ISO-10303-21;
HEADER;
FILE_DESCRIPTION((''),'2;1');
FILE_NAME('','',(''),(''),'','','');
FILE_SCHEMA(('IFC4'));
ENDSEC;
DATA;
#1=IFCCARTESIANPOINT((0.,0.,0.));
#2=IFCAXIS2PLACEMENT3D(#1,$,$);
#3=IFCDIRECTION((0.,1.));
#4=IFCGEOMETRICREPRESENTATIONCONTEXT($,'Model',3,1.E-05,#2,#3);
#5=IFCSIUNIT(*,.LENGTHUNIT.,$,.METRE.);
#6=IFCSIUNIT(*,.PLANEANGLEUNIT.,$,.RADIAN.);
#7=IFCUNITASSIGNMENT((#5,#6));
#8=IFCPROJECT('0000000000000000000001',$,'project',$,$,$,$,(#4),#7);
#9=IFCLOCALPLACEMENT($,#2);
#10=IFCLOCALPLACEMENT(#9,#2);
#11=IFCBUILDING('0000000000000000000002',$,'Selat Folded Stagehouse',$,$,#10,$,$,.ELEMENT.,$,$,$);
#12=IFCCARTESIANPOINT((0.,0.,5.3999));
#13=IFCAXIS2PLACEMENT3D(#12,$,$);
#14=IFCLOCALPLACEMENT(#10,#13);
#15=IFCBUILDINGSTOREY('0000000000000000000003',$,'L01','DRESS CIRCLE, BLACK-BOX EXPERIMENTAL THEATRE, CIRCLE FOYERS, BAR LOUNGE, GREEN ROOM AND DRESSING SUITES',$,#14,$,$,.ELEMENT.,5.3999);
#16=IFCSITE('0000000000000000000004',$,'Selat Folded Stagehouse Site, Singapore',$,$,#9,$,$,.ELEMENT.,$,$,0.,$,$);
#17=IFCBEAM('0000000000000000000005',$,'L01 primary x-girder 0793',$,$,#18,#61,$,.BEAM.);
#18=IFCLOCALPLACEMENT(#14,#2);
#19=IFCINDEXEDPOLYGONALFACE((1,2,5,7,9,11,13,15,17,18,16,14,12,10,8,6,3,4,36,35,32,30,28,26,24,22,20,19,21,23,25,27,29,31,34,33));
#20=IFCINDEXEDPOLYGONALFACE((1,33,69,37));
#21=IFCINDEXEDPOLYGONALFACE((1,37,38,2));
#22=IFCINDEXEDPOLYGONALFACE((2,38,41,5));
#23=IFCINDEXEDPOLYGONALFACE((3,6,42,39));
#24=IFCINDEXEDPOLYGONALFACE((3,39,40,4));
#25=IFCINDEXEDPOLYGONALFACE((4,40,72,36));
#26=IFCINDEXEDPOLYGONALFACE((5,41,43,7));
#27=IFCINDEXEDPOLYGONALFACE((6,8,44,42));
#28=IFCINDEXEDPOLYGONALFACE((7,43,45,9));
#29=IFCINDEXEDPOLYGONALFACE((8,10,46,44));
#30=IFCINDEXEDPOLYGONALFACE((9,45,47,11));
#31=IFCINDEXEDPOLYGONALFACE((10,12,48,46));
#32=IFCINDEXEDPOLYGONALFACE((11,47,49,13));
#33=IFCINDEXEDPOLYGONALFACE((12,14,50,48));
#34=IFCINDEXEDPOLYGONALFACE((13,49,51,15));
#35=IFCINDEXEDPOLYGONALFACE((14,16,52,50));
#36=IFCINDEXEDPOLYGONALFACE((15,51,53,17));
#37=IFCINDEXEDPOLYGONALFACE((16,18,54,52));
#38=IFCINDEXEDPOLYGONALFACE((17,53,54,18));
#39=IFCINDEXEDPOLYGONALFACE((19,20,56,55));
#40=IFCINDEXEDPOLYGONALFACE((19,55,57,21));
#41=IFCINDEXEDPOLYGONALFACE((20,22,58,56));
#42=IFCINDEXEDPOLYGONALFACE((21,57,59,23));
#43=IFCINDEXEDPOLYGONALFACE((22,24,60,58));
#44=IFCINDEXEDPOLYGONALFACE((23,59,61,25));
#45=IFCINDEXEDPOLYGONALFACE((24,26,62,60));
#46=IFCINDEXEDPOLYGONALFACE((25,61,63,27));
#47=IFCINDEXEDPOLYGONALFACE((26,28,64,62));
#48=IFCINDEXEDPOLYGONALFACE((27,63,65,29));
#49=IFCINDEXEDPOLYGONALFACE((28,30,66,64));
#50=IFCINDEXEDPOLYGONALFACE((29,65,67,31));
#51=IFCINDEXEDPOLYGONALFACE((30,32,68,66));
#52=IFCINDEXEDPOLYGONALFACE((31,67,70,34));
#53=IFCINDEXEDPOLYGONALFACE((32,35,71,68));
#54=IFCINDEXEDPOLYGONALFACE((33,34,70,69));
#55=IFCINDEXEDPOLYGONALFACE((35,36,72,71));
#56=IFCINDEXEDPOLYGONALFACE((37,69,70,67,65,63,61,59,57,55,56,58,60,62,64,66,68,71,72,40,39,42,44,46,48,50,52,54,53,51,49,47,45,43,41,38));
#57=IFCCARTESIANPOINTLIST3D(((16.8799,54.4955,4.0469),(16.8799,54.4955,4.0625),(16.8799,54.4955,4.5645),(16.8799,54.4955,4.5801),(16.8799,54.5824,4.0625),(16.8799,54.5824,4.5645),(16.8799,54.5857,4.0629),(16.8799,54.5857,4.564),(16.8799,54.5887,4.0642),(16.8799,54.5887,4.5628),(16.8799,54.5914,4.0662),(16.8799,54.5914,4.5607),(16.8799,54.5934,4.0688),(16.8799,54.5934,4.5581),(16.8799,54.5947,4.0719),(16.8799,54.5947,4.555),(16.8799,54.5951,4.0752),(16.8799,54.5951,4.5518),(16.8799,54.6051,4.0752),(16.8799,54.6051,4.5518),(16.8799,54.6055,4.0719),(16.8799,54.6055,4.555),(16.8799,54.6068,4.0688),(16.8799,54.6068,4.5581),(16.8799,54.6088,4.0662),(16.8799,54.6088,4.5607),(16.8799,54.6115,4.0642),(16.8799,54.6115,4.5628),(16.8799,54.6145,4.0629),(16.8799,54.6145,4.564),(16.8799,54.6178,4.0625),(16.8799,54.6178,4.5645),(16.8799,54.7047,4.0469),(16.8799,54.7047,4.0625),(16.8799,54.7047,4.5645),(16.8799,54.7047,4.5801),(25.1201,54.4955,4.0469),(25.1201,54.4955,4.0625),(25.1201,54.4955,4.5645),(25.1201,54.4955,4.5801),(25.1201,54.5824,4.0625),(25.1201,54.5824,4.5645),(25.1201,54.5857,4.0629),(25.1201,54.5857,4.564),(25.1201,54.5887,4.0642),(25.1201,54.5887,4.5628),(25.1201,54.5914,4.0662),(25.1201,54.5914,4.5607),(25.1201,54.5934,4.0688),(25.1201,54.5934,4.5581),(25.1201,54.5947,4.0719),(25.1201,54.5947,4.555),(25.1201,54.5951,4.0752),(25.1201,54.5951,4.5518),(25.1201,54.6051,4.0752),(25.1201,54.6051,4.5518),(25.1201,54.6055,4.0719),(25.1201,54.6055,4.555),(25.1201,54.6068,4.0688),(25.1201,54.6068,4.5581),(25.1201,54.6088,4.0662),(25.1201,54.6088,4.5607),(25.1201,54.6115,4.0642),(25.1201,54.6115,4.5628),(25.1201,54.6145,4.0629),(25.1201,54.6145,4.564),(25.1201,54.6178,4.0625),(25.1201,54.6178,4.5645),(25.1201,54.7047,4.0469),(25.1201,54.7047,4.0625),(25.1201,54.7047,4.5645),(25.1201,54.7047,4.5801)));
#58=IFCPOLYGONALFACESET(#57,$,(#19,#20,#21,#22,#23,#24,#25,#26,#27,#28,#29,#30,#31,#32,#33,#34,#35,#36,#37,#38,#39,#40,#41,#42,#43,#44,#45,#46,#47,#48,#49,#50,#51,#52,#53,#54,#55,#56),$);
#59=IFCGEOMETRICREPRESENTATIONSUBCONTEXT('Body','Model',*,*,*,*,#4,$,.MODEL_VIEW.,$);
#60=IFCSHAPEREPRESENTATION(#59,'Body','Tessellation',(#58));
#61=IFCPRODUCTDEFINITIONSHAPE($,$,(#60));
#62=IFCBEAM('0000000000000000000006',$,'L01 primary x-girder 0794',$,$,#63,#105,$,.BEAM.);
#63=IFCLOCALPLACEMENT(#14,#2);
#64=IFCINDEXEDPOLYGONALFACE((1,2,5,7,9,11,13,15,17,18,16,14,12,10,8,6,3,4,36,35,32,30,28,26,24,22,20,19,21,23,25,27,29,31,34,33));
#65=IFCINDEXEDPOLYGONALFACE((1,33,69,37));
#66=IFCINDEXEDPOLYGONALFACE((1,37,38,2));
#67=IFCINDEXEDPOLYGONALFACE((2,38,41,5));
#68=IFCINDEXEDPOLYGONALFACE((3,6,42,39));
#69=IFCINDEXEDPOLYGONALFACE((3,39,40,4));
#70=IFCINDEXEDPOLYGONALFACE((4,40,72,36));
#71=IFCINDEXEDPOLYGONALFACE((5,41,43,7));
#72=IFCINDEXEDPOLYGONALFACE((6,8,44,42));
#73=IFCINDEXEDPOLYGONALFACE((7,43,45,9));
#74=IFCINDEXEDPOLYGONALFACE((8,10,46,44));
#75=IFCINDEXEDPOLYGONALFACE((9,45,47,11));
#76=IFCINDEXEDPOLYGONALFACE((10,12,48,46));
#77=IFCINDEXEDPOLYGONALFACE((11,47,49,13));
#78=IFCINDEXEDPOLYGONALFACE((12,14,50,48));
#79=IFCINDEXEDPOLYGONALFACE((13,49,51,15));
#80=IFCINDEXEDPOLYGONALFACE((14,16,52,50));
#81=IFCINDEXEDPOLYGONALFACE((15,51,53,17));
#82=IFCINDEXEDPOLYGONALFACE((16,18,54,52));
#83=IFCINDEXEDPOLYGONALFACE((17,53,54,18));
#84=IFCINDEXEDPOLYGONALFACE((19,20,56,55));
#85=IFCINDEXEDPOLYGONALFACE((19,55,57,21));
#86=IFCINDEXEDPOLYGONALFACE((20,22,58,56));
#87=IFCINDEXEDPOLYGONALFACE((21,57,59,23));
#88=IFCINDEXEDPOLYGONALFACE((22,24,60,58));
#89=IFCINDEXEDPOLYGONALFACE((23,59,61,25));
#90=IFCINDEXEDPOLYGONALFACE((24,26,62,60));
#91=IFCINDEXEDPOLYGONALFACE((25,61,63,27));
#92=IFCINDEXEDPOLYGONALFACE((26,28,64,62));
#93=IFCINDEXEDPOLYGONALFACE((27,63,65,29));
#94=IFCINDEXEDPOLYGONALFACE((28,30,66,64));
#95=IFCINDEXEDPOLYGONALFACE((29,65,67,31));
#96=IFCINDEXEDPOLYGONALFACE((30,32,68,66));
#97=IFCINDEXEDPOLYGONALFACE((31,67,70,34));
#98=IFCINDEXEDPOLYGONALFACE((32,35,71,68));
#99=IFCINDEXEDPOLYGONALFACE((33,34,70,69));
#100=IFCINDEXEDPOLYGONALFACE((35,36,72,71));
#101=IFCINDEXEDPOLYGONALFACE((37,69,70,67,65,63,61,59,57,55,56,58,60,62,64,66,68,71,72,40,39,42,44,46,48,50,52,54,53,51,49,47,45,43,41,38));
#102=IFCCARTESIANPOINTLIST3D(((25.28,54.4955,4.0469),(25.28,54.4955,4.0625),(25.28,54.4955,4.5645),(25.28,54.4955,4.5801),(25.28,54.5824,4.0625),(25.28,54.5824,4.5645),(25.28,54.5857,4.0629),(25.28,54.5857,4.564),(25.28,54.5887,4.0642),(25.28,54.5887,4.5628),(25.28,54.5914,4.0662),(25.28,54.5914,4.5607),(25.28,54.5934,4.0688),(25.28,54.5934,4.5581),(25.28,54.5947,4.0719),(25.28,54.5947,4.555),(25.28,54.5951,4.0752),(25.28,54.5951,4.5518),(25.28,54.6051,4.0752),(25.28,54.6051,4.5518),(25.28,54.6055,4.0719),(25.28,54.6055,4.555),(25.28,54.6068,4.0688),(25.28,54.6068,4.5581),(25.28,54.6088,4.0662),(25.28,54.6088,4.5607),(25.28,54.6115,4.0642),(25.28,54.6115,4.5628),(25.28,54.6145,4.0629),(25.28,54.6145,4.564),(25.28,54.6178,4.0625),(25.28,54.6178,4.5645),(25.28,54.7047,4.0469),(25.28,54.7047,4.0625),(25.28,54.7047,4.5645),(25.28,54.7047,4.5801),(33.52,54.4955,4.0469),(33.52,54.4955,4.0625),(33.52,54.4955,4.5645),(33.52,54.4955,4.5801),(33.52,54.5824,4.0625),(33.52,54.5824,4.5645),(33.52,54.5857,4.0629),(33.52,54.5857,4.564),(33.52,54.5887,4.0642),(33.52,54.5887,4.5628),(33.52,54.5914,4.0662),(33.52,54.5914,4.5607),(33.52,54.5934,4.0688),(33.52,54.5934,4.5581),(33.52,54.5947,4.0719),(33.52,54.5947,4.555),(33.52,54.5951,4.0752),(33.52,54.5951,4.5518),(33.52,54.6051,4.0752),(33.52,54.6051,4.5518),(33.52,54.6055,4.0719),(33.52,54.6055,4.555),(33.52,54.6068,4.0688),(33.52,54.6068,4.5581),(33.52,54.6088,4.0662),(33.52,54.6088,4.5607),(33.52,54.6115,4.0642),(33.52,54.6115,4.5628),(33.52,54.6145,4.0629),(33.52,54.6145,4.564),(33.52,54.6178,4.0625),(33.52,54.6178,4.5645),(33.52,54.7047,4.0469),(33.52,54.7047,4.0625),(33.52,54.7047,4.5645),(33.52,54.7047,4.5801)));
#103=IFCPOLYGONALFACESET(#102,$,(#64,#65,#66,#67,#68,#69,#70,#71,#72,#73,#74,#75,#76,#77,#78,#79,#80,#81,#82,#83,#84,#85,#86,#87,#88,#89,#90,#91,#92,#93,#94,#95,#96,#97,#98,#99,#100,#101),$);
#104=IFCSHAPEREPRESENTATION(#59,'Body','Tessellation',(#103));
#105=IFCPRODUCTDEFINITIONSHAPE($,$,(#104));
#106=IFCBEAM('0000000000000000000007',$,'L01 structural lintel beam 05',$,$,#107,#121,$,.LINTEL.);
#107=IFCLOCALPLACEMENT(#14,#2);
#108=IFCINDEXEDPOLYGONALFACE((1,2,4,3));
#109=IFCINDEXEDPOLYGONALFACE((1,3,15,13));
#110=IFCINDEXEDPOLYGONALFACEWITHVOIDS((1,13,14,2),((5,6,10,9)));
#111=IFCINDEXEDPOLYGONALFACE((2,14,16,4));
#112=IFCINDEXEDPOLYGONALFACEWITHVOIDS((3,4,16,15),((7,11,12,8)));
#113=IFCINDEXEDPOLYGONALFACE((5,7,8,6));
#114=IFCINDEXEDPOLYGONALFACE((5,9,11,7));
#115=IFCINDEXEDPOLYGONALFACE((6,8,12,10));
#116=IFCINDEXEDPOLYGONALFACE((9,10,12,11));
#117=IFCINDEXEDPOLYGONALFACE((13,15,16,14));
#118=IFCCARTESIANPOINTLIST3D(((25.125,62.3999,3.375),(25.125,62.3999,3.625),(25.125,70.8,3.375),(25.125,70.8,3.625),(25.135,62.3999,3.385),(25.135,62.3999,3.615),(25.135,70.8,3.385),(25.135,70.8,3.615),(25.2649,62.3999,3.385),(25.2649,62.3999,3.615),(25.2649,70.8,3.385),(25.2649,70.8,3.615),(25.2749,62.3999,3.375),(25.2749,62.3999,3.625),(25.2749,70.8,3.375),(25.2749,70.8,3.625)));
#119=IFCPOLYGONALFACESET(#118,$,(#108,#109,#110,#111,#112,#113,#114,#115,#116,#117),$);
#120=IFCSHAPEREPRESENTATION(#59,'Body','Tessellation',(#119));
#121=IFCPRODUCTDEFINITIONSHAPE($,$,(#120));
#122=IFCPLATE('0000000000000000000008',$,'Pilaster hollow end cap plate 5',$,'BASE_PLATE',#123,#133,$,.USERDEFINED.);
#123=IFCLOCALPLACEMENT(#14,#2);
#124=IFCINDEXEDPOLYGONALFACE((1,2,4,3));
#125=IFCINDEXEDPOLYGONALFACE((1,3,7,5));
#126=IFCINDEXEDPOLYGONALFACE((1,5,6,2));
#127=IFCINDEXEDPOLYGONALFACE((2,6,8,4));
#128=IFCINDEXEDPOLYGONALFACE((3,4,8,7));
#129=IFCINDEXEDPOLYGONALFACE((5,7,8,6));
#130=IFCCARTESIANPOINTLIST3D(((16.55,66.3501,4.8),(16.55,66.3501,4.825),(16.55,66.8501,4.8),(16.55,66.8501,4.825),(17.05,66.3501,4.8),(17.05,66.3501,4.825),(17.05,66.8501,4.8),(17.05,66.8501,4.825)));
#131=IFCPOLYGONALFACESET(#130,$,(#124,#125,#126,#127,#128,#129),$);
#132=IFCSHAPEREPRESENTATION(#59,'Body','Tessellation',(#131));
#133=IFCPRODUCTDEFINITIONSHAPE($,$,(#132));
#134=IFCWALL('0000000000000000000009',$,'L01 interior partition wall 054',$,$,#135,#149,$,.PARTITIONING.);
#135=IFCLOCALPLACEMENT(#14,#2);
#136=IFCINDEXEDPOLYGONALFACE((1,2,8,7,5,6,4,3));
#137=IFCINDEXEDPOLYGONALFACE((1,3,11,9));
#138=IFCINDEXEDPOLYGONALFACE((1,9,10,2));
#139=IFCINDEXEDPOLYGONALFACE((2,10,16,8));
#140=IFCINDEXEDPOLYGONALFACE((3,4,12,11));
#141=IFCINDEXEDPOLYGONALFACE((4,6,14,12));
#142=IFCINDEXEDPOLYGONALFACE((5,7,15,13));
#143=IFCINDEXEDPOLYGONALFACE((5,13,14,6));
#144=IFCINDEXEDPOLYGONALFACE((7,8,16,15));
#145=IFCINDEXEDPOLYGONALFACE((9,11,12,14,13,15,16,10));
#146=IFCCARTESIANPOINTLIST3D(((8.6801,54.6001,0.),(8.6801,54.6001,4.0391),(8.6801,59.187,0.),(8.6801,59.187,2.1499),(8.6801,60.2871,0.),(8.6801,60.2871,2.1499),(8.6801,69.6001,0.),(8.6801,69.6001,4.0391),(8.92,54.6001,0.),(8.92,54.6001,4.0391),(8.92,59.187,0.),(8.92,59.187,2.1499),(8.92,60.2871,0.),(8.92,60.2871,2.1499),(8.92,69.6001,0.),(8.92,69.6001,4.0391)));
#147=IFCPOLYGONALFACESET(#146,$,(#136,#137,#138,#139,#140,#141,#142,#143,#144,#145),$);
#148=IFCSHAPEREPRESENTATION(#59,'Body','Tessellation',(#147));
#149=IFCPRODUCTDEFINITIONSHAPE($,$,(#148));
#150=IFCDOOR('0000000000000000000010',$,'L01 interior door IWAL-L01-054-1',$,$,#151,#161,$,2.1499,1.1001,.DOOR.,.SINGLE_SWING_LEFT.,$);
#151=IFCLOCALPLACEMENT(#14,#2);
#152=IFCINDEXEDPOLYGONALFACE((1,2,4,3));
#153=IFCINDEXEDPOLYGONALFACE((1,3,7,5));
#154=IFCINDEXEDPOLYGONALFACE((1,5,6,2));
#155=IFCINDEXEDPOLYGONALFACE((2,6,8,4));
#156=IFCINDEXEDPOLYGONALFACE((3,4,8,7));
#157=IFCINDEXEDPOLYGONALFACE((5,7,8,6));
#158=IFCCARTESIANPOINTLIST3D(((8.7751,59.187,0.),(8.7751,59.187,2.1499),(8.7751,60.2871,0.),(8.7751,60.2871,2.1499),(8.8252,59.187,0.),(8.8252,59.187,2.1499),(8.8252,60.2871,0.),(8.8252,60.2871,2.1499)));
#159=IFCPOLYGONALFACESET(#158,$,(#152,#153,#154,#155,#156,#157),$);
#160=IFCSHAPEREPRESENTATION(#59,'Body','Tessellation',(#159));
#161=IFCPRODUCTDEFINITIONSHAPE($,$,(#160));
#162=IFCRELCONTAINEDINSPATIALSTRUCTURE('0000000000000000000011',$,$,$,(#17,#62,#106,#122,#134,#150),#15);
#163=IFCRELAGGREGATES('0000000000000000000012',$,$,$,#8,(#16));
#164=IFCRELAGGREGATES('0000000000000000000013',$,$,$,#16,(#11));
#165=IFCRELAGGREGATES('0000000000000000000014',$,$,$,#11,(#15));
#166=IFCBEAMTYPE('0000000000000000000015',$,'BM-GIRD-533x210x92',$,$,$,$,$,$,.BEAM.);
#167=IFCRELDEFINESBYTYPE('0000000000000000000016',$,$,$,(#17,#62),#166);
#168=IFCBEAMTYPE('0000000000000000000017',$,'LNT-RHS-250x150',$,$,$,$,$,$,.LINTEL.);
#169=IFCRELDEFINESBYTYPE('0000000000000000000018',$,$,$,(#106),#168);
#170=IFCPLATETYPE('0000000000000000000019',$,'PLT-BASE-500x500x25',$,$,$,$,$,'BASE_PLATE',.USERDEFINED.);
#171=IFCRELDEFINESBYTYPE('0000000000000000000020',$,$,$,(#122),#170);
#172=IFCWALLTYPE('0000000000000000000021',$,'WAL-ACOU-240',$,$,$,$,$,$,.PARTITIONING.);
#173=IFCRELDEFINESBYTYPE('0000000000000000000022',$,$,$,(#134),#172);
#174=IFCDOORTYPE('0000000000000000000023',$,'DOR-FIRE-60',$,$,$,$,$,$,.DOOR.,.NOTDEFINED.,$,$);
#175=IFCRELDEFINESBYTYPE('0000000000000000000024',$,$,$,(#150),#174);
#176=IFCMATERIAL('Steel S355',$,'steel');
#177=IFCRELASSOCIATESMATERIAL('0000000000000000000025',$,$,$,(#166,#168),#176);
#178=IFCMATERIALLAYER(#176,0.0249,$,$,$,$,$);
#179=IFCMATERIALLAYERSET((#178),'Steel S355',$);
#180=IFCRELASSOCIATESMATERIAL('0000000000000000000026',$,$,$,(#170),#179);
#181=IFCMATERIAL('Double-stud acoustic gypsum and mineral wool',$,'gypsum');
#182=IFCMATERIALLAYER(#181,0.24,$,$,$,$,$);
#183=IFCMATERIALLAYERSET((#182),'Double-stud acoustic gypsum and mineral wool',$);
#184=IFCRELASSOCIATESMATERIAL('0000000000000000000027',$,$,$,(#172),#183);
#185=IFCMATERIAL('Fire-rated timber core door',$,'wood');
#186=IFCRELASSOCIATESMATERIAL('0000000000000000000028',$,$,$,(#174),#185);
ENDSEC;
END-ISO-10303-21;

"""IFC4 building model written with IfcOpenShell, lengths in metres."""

from ifc_helpers import new_model, si_unit, direction, frame, frame_2d, origin, origin_2d, place, context, subcontext, project, spatial, rectangle, hollow_rectangle, i_section, extrude, material, layer, layer_set, material_profile, profile_set, type_object, element, fill, save


model = new_model("IFC4")

# Units and contexts
model_context = context("Model", 3, precision=1e-05, world=origin(), true_north=direction((0.0, 1.0)))
body_context = subcontext(model_context, "Body", "Model", "MODEL_VIEW")
ifc_project = project(units=[si_unit("LENGTHUNIT", "METRE"), si_unit("PLANEANGLEUNIT", "RADIAN")], contexts=[model_context])

# Site, building, storey
site_placement = place(None, origin())
site = spatial("IfcSite", under=ifc_project, at=site_placement, Name="Selat Folded Stagehouse Site, Singapore", CompositionType="ELEMENT", RefElevation=0.0)
building_placement = place(site_placement, origin())
building = spatial("IfcBuilding", under=site, at=building_placement, Name="Selat Folded Stagehouse", CompositionType="ELEMENT")
storey_placement = place(building_placement, frame((0.0, 0.0, 5.3999)))
storey = spatial("IfcBuildingStorey", under=building, at=storey_placement, Name="L01", Description="DRESS CIRCLE, BLACK-BOX EXPERIMENTAL THEATRE, CIRCLE FOYERS, BAR LOUNGE, GREEN ROOM AND DRESSING SUITES", CompositionType="ELEMENT", Elevation=5.3999)

# Shared definitions
ifc_material_1 = material(Name="Steel S355", Category="steel")

# Beams
ifc_material_profile_1 = material_profile(ifc_material_1, i_section(OverallWidth=0.2092, OverallDepth=0.5332, WebThickness=0.01, FlangeThickness=0.0156, FilletRadius=0.0127, at=origin_2d()), Name="UKB 533x210x92")
ifc_profile_set_1 = profile_set([ifc_material_profile_1], Name="Steel S355")
beam_type_1 = type_object("IfcBeamType", Name="BM-GIRD-533x210x92", PredefinedType="BEAM", material=ifc_profile_set_1)
beam_1_placement = place(storey_placement, frame((16.8799, 54.6001, 4.3135), z_axis=(1.0, 0.0, 0.0), x_axis=(0.0, 1.0, 0.0)))
element("IfcBeam", 1, at=beam_1_placement, inside=storey, type_object=beam_type_1, Name="L01 primary x-girder 0793", PredefinedType="BEAM", context=body_context, shape_type="SweptSolid", body=[
    extrude(i_section(OverallWidth=0.2092, OverallDepth=0.5332, WebThickness=0.01, FlangeThickness=0.0156, FilletRadius=0.0127, at=origin_2d()), origin(), (0.0, 0.0, 1.0), 8.2402),
])
beam_2_placement = place(storey_placement, frame((25.28, 54.6001, 4.3135), z_axis=(1.0, 0.0, 0.0), x_axis=(0.0, 1.0, 0.0)))
element("IfcBeam", 2, at=beam_2_placement, inside=storey, type_object=beam_type_1, Name="L01 primary x-girder 0794", PredefinedType="BEAM", context=body_context, shape_type="SweptSolid", body=[
    extrude(i_section(OverallWidth=0.2092, OverallDepth=0.5332, WebThickness=0.01, FlangeThickness=0.0156, FilletRadius=0.0127, at=origin_2d()), origin(), (0.0, 0.0, 1.0), 8.24),
])
ifc_material_profile_2 = material_profile(ifc_material_1, hollow_rectangle(XDim=0.1499, YDim=0.25, WallThickness=0.01, at=origin_2d()), Name="RHS 250x150x10.0")
ifc_profile_set_2 = profile_set([ifc_material_profile_2], Name="Steel S355")
beam_type_2 = type_object("IfcBeamType", Name="LNT-RHS-250x150", PredefinedType="LINTEL", material=ifc_profile_set_2)
beam_3_placement = place(storey_placement, frame((25.2, 62.3999, 3.5), z_axis=(0.0, 1.0, 0.0), x_axis=(-1.0, 0.0, 0.0)))
element("IfcBeam", 3, at=beam_3_placement, inside=storey, type_object=beam_type_2, Name="L01 structural lintel beam 05", PredefinedType="LINTEL", context=body_context, shape_type="SweptSolid", body=[
    extrude(hollow_rectangle(XDim=0.1499, YDim=0.25, WallThickness=0.01, at=origin_2d()), origin(), (0.0, 0.0, 1.0), 8.4001),
])

# Plate
ifc_layer_1 = layer(ifc_material_1, 0.0249)
ifc_layer_set_1 = layer_set([ifc_layer_1], Name="Steel S355")
plate_type = type_object("IfcPlateType", Name="PLT-BASE-500x500x25", ElementType="BASE_PLATE", PredefinedType="USERDEFINED", material=ifc_layer_set_1)
plate_placement = place(storey_placement, frame((16.8, 66.6001, 4.8), z_axis=(0.0, 0.0, 1.0), x_axis=(1.0, 0.0, 0.0)))
element("IfcPlate", 4, at=plate_placement, inside=storey, type_object=plate_type, Name="Pilaster hollow end cap plate 5", ObjectType="BASE_PLATE", PredefinedType="USERDEFINED", context=body_context, shape_type="SweptSolid", body=[
    extrude(rectangle(XDim=0.5, YDim=0.5, at=origin_2d()), origin(), (0.0, 0.0, 1.0), 0.0249),
])

# Wall, opening, door
ifc_material_2 = material(Name="Double-stud acoustic gypsum and mineral wool", Category="gypsum")
ifc_layer_2 = layer(ifc_material_2, 0.24)
ifc_layer_set_2 = layer_set([ifc_layer_2], Name="Double-stud acoustic gypsum and mineral wool")
wall_type_1 = type_object("IfcWallType", Name="WAL-ACOU-240", PredefinedType="PARTITIONING", material=ifc_layer_set_2)
wall_1_placement = place(storey_placement, frame((8.8, 54.6001, 0.0), z_axis=(0.0, 0.0, 1.0), x_axis=(0.0, 1.0, 0.0)))
wall_1 = element("IfcWall", 5, at=wall_1_placement, inside=storey, type_object=wall_type_1, Name="L01 interior partition wall 054", PredefinedType="PARTITIONING", context=body_context, shape_type="SweptSolid", body=[
    extrude(rectangle(XDim=15.0, YDim=0.24, at=frame_2d((7.5, 0.0))), origin(), (0.0, 0.0, 1.0), 4.0391),
])
opening_1_placement = place(wall_1_placement, frame((4.5869, 0.0, 0.0)))
opening_1 = element("IfcOpeningElement", 6, at=opening_1_placement, cuts=wall_1, PredefinedType="OPENING", context=body_context, shape_type="SweptSolid", body=[
    extrude(rectangle(XDim=1.1001, YDim=2.1499, at=frame_2d((0.55, 1.075))), frame((0.0, 0.1299, 0.0), z_axis=(0.0, -1.0, 0.0), x_axis=(1.0, 0.0, 0.0)), (0.0, 0.0, 1.0), 0.26),
])
ifc_material_3 = material(Name="Fire-rated timber core door", Category="wood")
door_type_1 = type_object("IfcDoorType", Name="DOR-FIRE-60", OperationType="NOTDEFINED", PredefinedType="DOOR", material=ifc_material_3)
door_1_placement = place(opening_1_placement, origin())
door_1 = element("IfcDoor", 7, at=door_1_placement, inside=storey, type_object=door_type_1, Name="L01 interior door IWAL-L01-054-1", OperationType="SINGLE_SWING_LEFT", OverallHeight=2.1499, OverallWidth=1.1001, PredefinedType="DOOR", context=body_context, shape_type="SweptSolid", body=[
    extrude(rectangle(XDim=1.1001, YDim=2.1499, at=frame_2d((0.55, 1.075))), frame((0.0, 0.0249, 0.0), z_axis=(0.0, -1.0, 0.0), x_axis=(1.0, 0.0, 0.0)), (0.0, 0.0, 1.0), 0.05),
])
fill(opening_1, door_1)

save(model, "model.ifc")
